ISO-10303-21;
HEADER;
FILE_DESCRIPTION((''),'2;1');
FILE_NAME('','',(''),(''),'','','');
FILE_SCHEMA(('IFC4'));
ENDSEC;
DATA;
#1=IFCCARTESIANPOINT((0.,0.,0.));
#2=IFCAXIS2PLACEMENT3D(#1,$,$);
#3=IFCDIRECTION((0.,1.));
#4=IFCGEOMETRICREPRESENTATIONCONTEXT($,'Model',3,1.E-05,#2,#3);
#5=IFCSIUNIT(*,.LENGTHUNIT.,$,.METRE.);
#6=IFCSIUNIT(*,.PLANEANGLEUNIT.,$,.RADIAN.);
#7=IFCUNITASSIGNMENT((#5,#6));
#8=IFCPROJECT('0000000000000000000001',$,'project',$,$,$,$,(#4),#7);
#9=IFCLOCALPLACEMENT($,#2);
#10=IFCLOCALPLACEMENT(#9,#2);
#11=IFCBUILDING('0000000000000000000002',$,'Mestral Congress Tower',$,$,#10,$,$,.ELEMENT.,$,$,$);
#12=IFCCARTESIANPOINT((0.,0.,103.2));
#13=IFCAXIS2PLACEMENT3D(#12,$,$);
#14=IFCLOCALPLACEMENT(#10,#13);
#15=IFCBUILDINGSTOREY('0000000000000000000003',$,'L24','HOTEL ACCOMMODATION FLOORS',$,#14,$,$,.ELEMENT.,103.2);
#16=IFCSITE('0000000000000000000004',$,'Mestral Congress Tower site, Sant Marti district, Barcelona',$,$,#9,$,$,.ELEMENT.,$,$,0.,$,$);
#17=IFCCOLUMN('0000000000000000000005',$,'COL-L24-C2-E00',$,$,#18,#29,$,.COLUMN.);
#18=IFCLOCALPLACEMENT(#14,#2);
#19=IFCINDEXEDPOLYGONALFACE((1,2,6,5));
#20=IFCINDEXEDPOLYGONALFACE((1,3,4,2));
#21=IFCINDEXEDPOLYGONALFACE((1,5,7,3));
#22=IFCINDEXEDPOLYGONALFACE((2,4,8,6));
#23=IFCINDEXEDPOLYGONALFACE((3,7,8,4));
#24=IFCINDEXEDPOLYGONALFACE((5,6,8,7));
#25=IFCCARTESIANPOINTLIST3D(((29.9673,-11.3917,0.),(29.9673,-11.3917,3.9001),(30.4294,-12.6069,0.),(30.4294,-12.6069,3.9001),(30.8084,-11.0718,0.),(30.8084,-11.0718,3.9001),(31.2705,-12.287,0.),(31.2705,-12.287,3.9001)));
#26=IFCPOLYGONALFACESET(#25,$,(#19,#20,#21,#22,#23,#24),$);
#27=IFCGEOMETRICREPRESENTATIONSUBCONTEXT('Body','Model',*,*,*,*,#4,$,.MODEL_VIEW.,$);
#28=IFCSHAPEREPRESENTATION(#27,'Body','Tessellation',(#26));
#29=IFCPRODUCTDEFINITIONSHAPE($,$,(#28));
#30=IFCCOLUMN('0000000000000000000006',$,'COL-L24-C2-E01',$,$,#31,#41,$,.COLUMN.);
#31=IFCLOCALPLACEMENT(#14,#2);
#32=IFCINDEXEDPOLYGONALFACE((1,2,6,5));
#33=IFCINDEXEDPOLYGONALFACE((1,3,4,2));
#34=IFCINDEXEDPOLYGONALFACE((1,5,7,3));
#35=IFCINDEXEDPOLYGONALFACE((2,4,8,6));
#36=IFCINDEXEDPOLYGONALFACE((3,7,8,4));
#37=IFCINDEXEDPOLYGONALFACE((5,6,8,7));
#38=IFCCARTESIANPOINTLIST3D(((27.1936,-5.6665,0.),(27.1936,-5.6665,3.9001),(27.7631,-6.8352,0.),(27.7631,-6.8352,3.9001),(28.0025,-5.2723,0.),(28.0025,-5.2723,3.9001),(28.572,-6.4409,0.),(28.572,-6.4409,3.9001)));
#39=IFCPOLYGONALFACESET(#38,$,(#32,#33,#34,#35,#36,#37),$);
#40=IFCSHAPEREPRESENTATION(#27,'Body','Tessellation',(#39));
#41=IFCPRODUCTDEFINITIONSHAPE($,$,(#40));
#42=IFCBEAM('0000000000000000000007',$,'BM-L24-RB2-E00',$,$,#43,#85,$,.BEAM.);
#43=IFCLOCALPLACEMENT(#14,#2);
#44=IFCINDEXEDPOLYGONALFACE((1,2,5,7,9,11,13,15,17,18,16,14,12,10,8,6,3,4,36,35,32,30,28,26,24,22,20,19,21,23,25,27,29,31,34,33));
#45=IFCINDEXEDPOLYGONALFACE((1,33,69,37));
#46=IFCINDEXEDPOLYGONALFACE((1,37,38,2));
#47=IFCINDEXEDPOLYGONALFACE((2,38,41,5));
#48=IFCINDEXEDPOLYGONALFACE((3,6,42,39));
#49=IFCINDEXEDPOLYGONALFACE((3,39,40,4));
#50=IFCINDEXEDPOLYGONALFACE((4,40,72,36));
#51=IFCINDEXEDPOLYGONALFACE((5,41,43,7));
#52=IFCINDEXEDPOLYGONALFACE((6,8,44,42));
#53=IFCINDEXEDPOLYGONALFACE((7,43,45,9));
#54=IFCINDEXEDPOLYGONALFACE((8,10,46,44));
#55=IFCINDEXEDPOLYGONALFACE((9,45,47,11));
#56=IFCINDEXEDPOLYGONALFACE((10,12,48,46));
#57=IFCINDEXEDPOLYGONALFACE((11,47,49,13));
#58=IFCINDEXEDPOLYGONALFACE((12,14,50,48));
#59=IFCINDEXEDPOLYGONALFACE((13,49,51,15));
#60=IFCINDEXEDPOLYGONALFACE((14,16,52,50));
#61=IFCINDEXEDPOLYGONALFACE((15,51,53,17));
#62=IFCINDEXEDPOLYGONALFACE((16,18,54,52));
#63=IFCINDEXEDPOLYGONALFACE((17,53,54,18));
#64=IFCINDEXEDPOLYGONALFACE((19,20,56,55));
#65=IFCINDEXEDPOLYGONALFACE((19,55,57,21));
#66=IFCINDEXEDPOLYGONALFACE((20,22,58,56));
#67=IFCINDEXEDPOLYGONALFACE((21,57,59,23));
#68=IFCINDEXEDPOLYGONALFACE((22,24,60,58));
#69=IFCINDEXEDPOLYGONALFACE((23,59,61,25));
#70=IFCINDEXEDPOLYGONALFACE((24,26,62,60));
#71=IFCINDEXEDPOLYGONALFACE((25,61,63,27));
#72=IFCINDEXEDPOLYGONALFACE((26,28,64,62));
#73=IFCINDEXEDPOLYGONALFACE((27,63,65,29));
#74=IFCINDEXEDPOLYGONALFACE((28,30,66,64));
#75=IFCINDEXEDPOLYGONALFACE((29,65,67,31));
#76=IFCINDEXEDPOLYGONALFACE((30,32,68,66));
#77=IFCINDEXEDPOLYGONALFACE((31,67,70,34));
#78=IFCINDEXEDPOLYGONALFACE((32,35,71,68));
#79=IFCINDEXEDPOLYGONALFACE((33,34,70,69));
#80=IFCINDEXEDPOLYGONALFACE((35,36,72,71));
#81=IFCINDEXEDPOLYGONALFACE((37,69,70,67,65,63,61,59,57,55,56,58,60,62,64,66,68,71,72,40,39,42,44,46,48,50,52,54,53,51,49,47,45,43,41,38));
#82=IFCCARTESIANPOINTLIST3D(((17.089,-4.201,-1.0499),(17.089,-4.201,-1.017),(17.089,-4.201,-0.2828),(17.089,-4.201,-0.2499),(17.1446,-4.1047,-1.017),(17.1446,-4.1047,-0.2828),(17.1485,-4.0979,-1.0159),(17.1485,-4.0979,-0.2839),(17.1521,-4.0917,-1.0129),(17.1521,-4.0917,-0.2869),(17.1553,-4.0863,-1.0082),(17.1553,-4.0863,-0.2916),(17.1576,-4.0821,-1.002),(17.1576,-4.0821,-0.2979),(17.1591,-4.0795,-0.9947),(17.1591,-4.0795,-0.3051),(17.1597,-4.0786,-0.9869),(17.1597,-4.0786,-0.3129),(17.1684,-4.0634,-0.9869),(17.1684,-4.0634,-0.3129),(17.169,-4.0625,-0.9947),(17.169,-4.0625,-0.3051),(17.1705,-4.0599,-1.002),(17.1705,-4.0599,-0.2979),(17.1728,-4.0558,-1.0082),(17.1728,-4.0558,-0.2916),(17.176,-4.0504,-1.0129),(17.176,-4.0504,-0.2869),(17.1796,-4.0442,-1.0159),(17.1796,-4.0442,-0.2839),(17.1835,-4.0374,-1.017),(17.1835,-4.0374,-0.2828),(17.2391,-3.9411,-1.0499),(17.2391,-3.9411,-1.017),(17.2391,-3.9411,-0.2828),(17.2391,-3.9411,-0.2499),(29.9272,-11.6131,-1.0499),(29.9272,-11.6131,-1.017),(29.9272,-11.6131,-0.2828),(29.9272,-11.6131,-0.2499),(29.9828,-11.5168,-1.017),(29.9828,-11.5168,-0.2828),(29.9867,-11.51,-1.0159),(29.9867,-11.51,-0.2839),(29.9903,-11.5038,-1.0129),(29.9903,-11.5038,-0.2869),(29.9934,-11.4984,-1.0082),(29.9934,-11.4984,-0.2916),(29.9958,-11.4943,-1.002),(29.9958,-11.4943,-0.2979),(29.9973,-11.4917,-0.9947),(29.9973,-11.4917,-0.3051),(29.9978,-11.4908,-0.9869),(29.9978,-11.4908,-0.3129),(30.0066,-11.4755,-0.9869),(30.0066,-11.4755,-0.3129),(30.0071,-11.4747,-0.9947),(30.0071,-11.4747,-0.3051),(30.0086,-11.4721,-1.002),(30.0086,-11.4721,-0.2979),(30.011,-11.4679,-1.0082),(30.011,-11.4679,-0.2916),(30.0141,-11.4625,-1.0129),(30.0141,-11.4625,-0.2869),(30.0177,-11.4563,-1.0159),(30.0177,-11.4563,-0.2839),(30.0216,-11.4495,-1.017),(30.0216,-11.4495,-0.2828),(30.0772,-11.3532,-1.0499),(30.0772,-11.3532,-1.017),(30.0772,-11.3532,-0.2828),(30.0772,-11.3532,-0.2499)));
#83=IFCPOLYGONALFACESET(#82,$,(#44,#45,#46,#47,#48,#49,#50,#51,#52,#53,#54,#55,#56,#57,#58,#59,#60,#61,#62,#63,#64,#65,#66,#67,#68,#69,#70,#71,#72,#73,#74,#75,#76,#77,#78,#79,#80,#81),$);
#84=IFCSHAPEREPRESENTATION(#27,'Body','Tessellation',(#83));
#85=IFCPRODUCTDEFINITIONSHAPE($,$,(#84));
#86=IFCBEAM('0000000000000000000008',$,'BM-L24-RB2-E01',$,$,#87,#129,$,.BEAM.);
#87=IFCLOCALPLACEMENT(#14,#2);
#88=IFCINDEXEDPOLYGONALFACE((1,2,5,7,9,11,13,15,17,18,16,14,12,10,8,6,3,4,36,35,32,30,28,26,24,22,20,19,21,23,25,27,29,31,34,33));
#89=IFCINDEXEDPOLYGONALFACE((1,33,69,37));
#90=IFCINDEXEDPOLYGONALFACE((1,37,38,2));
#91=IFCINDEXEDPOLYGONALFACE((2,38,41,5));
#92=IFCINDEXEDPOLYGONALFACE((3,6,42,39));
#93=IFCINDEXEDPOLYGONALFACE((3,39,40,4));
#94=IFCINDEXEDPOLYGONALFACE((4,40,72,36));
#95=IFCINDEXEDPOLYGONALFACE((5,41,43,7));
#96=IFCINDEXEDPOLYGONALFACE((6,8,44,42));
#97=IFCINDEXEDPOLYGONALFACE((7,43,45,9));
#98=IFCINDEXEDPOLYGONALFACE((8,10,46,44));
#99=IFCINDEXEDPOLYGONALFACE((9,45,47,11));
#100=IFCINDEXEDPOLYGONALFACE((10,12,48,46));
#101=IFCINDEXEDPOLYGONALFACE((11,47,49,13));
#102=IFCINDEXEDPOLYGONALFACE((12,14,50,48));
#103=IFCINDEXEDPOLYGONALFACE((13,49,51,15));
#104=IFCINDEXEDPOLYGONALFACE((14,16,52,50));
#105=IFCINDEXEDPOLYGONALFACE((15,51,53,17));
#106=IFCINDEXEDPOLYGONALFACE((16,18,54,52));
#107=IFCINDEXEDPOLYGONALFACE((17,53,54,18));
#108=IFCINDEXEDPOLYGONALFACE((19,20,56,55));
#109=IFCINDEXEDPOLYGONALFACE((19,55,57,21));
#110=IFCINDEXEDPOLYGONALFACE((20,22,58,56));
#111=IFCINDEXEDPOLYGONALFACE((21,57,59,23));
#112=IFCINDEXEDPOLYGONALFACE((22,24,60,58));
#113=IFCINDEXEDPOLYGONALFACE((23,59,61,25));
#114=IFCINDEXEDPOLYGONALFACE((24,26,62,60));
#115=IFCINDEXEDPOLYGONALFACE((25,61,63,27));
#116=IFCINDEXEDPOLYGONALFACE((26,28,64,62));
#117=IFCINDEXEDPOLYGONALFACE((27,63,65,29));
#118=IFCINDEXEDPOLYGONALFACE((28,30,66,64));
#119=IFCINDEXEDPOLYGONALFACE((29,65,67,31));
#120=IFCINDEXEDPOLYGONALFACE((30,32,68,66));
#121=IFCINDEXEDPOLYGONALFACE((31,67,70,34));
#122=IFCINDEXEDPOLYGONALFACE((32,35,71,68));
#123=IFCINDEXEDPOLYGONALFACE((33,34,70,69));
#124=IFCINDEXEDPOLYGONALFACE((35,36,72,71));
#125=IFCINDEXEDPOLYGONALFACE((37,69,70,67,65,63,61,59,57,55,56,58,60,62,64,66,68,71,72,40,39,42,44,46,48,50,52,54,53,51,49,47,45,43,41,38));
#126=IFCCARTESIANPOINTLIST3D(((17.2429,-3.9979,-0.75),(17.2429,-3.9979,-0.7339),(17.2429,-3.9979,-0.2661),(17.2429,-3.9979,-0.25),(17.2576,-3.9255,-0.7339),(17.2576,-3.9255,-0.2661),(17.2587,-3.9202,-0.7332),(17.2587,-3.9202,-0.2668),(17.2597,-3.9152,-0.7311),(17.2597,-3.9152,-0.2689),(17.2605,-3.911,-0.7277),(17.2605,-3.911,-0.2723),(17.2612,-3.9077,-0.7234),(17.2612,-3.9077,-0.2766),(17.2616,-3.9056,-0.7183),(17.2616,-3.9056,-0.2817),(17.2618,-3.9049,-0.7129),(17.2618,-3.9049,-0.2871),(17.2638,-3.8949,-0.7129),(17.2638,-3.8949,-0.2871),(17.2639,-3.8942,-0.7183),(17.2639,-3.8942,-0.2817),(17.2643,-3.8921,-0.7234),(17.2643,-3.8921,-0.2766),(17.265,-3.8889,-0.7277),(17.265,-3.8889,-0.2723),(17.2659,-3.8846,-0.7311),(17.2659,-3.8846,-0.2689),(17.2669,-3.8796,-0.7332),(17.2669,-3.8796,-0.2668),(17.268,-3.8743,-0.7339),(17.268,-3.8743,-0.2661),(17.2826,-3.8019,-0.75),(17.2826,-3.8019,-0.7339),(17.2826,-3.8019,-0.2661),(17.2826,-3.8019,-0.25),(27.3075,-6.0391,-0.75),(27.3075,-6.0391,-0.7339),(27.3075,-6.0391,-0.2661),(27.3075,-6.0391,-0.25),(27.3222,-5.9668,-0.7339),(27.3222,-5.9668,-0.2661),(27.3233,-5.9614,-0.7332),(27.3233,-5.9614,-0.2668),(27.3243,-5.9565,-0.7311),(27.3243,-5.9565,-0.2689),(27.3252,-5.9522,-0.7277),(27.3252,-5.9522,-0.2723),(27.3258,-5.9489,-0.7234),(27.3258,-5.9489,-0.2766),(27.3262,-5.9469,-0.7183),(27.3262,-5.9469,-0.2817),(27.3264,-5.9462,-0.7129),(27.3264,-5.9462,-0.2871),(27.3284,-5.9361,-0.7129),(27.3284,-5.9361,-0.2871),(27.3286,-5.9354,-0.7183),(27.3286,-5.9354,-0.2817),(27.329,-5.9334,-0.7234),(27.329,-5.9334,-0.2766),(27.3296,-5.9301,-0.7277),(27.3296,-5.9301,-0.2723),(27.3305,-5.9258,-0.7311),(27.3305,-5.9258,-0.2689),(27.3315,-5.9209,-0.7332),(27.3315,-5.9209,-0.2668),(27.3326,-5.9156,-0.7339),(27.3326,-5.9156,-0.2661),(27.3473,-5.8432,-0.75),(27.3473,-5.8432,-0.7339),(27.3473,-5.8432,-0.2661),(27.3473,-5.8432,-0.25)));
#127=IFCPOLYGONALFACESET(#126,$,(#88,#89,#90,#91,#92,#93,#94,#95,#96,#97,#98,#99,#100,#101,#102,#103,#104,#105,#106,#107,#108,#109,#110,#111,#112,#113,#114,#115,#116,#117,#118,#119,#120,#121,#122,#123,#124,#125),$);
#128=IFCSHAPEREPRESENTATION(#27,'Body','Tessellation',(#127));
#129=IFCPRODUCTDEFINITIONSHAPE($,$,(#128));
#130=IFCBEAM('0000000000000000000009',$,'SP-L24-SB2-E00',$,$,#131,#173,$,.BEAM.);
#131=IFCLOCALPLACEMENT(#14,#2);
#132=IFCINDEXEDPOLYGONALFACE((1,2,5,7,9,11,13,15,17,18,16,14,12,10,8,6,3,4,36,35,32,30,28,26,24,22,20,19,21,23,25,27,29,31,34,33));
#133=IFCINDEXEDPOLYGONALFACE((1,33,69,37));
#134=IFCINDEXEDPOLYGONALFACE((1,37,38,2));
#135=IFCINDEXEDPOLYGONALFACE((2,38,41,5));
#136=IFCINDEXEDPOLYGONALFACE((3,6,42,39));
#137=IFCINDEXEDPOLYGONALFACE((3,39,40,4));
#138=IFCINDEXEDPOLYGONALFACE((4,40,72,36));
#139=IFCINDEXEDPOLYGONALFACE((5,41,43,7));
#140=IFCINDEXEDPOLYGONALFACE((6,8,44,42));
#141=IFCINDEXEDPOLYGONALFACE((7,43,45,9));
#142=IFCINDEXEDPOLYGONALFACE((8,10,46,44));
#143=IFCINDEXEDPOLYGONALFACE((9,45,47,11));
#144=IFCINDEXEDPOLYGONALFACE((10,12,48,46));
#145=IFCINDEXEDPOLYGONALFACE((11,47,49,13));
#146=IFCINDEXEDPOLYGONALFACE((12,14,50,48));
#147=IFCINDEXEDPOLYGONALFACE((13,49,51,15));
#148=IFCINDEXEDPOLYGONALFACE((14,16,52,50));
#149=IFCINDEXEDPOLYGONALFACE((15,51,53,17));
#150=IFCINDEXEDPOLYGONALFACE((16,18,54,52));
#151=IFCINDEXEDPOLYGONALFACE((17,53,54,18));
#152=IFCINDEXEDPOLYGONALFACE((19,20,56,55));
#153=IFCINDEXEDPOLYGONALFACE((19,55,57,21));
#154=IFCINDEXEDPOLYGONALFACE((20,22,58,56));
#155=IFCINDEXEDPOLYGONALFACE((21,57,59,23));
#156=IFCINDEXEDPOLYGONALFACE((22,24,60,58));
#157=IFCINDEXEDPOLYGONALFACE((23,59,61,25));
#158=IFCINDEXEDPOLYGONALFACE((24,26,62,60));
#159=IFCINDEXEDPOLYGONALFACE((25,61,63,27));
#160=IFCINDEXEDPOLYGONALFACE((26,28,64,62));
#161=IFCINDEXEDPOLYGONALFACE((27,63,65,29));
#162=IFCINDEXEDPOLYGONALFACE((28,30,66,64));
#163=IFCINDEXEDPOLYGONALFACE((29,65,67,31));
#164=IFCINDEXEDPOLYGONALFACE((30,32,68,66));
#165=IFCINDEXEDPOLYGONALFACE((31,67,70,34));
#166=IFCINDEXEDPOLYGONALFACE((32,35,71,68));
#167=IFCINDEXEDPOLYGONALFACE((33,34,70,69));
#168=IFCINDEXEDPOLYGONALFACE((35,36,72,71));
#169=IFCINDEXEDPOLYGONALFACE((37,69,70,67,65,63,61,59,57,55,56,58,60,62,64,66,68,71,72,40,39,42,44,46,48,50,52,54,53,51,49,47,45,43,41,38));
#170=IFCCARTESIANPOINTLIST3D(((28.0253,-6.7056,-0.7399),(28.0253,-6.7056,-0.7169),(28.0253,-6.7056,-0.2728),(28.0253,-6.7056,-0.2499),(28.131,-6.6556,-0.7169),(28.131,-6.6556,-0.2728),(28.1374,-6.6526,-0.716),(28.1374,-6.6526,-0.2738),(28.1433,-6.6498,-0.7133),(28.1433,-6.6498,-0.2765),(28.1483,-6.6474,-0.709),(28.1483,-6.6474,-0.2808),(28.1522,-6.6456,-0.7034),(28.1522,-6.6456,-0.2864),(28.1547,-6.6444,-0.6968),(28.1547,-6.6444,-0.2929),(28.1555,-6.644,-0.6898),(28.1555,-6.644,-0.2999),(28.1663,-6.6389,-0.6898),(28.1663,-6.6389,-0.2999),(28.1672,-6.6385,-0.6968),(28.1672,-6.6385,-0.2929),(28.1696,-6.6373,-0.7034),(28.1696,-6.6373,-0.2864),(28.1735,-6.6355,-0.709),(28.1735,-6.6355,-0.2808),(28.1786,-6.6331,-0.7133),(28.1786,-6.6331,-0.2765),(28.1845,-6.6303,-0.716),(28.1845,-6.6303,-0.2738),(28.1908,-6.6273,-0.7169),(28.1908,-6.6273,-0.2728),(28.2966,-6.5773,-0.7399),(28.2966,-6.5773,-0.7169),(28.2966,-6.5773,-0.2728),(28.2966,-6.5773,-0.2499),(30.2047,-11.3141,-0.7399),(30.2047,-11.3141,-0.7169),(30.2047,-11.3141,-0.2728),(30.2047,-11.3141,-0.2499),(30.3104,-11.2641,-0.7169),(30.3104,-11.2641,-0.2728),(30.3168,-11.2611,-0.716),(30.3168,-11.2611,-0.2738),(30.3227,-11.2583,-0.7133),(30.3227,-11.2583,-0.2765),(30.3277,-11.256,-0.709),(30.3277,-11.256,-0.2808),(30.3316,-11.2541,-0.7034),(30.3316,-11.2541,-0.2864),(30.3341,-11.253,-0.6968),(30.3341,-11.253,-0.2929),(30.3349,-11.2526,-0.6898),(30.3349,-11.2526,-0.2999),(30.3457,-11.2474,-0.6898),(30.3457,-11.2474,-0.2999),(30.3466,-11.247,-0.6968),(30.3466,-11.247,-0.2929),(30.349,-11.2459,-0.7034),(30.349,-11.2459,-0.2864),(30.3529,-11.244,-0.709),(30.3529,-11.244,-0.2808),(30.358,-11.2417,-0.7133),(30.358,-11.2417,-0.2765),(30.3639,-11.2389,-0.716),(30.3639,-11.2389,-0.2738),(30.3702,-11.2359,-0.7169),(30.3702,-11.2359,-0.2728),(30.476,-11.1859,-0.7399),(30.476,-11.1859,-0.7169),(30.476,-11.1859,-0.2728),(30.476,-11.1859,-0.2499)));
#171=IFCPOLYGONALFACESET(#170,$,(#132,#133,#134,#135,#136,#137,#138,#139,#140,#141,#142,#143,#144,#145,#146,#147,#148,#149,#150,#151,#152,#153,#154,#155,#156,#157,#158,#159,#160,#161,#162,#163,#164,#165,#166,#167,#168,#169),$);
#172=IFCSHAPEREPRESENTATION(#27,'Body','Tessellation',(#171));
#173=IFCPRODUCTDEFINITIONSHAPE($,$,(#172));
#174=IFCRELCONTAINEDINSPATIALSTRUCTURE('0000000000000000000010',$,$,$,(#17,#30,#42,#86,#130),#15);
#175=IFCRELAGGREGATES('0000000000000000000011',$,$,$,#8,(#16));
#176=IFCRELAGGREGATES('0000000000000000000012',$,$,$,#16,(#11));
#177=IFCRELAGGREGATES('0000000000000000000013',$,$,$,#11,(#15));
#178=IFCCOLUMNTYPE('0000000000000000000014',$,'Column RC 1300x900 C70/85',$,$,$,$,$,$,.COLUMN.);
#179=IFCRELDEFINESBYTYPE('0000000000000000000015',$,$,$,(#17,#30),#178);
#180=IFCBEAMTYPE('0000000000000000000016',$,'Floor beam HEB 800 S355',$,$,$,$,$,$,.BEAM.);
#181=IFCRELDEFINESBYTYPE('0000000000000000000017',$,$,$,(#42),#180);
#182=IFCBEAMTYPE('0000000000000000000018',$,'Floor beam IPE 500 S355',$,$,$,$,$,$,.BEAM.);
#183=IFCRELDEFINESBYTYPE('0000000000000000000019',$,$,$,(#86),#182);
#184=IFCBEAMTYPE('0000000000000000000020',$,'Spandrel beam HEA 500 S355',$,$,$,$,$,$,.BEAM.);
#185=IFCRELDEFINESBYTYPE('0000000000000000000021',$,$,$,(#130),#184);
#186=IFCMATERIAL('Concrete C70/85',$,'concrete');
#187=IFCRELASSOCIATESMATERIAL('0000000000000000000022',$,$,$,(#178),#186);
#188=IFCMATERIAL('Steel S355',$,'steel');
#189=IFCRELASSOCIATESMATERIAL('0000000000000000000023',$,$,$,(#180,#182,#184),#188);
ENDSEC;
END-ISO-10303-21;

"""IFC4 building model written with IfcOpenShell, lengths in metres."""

from ifc_helpers import new_model, si_unit, direction, frame, origin, origin_2d, place, context, subcontext, project, spatial, rectangle, i_section, extrude, material, material_profile, profile_set, type_object, element, save


model = new_model("IFC4")

# Units and contexts
model_context = context("Model", 3, precision=1e-05, world=origin(), true_north=direction((0.0, 1.0)))
body_context = subcontext(model_context, "Body", "Model", "MODEL_VIEW")
ifc_project = project(units=[si_unit("LENGTHUNIT", "METRE"), si_unit("PLANEANGLEUNIT", "RADIAN")], contexts=[model_context])

# Site, building, storey
site_placement = place(None, origin())
site = spatial("IfcSite", under=ifc_project, at=site_placement, Name="Mestral Congress Tower site, Sant Marti district, Barcelona", CompositionType="ELEMENT", RefElevation=0.0)
building_placement = place(site_placement, origin())
building = spatial("IfcBuilding", under=site, at=building_placement, Name="Mestral Congress Tower", CompositionType="ELEMENT")
storey_placement = place(building_placement, frame((0.0, 0.0, 103.2)))
storey = spatial("IfcBuildingStorey", under=building, at=storey_placement, Name="L24", Description="HOTEL ACCOMMODATION FLOORS", CompositionType="ELEMENT", Elevation=103.2)

# Columns
ifc_material_1 = material(Name="Concrete C70/85", Category="concrete")
ifc_material_profile_1 = material_profile(ifc_material_1, rectangle(XDim=1.3, YDim=0.8999, at=origin_2d()), Name="RC 1300x900")
ifc_profile_set_1 = profile_set([ifc_material_profile_1], Name="Concrete C70/85")
column_type = type_object("IfcColumnType", Name="Column RC 1300x900 C70/85", PredefinedType="COLUMN", material=ifc_profile_set_1)
for number, where, z_axis, x_axis, name in (
    (1, (30.6189, -11.8394, 0.0), (0.0, 0.0, 1.0), (-0.355494, 0.934679, 0.0), "COL-L24-C2-E00"),
    (2, (27.8828, -6.0537, 0.0), (0.0, 0.0, 1.0), (-0.438061, 0.898945, 0.0), "COL-L24-C2-E01"),
):
    element("IfcColumn", number, at=place(storey_placement, frame(where, z_axis=z_axis, x_axis=x_axis)), inside=storey, type_object=column_type, Name=name, PredefinedType="COLUMN", context=body_context, shape_type="SweptSolid", body=[
        extrude(rectangle(XDim=1.3, YDim=0.8999, at=origin_2d()), origin(), (0.0, 0.0, 1.0), 3.9001),
    ])

# Beams
ifc_material_2 = material(Name="Steel S355", Category="steel")
ifc_material_profile_2 = material_profile(ifc_material_2, i_section(OverallWidth=0.3, OverallDepth=0.8, WebThickness=0.0176, FlangeThickness=0.033, FilletRadius=0.03, at=origin_2d()), Name="HEB 800")
ifc_profile_set_2 = profile_set([ifc_material_profile_2], Name="Steel S355")
beam_type_1 = type_object("IfcBeamType", Name="Floor beam HEB 800 S355", PredefinedType="BEAM", material=ifc_profile_set_2)
beam_1_placement = place(storey_placement, frame((30.0022, -11.4832, -0.6499), z_axis=(-0.866025, 0.5, 0.0), x_axis=(-0.5, -0.866025, 0.0)))
element("IfcBeam", 3, at=beam_1_placement, inside=storey, type_object=beam_type_1, Name="BM-L24-RB2-E00", PredefinedType="BEAM", context=body_context, shape_type="SweptSolid", body=[
    extrude(i_section(OverallWidth=0.3, OverallDepth=0.8, WebThickness=0.0176, FlangeThickness=0.033, FilletRadius=0.03, at=origin_2d()), origin(), (0.0, 0.0, 1.0), 14.8242),
])
ifc_material_profile_3 = material_profile(ifc_material_2, i_section(OverallWidth=0.2, OverallDepth=0.5, WebThickness=0.0103, FlangeThickness=0.0161, FilletRadius=0.021, at=origin_2d()), Name="IPE 500")
ifc_profile_set_3 = profile_set([ifc_material_profile_3], Name="Steel S355")
beam_type_2 = type_object("IfcBeamType", Name="Floor beam IPE 500 S355", PredefinedType="BEAM", material=ifc_profile_set_3)
beam_2_placement = place(storey_placement, frame((27.3274, -5.9412, -0.5), z_axis=(-0.980047, 0.198767, 0.0), x_axis=(-0.198767, -0.980047, 0.0)))
element("IfcBeam", 4, at=beam_2_placement, inside=storey, type_object=beam_type_2, Name="BM-L24-RB2-E01", PredefinedType="BEAM", context=body_context, shape_type="SweptSolid", body=[
    extrude(i_section(OverallWidth=0.2, OverallDepth=0.5, WebThickness=0.0103, FlangeThickness=0.0161, FilletRadius=0.021, at=origin_2d()), origin(), (0.0, 0.0, 1.0), 10.2695),
])
ifc_material_profile_4 = material_profile(ifc_material_2, i_section(OverallWidth=0.3, OverallDepth=0.49, WebThickness=0.012, FlangeThickness=0.0229, FilletRadius=0.0271, at=origin_2d()), Name="HEA 500")
ifc_profile_set_4 = profile_set([ifc_material_profile_4], Name="Steel S355")
beam_type_3 = type_object("IfcBeamType", Name="Spandrel beam HEA 500 S355", PredefinedType="BEAM", material=ifc_profile_set_4)
beam_3_placement = place(storey_placement, frame((30.3403, -11.25, -0.4949), z_axis=(-0.42751, 0.904011, 0.0), x_axis=(-0.904011, -0.42751, 0.0)))
element("IfcBeam", 5, at=beam_3_placement, inside=storey, type_object=beam_type_3, Name="SP-L24-SB2-E00", PredefinedType="BEAM", context=body_context, shape_type="SweptSolid", body=[
    extrude(i_section(OverallWidth=0.3, OverallDepth=0.49, WebThickness=0.012, FlangeThickness=0.0229, FilletRadius=0.0271, at=origin_2d()), origin(), (0.0, 0.0, 1.0), 5.0979),
])

save(model, "model.ifc")
